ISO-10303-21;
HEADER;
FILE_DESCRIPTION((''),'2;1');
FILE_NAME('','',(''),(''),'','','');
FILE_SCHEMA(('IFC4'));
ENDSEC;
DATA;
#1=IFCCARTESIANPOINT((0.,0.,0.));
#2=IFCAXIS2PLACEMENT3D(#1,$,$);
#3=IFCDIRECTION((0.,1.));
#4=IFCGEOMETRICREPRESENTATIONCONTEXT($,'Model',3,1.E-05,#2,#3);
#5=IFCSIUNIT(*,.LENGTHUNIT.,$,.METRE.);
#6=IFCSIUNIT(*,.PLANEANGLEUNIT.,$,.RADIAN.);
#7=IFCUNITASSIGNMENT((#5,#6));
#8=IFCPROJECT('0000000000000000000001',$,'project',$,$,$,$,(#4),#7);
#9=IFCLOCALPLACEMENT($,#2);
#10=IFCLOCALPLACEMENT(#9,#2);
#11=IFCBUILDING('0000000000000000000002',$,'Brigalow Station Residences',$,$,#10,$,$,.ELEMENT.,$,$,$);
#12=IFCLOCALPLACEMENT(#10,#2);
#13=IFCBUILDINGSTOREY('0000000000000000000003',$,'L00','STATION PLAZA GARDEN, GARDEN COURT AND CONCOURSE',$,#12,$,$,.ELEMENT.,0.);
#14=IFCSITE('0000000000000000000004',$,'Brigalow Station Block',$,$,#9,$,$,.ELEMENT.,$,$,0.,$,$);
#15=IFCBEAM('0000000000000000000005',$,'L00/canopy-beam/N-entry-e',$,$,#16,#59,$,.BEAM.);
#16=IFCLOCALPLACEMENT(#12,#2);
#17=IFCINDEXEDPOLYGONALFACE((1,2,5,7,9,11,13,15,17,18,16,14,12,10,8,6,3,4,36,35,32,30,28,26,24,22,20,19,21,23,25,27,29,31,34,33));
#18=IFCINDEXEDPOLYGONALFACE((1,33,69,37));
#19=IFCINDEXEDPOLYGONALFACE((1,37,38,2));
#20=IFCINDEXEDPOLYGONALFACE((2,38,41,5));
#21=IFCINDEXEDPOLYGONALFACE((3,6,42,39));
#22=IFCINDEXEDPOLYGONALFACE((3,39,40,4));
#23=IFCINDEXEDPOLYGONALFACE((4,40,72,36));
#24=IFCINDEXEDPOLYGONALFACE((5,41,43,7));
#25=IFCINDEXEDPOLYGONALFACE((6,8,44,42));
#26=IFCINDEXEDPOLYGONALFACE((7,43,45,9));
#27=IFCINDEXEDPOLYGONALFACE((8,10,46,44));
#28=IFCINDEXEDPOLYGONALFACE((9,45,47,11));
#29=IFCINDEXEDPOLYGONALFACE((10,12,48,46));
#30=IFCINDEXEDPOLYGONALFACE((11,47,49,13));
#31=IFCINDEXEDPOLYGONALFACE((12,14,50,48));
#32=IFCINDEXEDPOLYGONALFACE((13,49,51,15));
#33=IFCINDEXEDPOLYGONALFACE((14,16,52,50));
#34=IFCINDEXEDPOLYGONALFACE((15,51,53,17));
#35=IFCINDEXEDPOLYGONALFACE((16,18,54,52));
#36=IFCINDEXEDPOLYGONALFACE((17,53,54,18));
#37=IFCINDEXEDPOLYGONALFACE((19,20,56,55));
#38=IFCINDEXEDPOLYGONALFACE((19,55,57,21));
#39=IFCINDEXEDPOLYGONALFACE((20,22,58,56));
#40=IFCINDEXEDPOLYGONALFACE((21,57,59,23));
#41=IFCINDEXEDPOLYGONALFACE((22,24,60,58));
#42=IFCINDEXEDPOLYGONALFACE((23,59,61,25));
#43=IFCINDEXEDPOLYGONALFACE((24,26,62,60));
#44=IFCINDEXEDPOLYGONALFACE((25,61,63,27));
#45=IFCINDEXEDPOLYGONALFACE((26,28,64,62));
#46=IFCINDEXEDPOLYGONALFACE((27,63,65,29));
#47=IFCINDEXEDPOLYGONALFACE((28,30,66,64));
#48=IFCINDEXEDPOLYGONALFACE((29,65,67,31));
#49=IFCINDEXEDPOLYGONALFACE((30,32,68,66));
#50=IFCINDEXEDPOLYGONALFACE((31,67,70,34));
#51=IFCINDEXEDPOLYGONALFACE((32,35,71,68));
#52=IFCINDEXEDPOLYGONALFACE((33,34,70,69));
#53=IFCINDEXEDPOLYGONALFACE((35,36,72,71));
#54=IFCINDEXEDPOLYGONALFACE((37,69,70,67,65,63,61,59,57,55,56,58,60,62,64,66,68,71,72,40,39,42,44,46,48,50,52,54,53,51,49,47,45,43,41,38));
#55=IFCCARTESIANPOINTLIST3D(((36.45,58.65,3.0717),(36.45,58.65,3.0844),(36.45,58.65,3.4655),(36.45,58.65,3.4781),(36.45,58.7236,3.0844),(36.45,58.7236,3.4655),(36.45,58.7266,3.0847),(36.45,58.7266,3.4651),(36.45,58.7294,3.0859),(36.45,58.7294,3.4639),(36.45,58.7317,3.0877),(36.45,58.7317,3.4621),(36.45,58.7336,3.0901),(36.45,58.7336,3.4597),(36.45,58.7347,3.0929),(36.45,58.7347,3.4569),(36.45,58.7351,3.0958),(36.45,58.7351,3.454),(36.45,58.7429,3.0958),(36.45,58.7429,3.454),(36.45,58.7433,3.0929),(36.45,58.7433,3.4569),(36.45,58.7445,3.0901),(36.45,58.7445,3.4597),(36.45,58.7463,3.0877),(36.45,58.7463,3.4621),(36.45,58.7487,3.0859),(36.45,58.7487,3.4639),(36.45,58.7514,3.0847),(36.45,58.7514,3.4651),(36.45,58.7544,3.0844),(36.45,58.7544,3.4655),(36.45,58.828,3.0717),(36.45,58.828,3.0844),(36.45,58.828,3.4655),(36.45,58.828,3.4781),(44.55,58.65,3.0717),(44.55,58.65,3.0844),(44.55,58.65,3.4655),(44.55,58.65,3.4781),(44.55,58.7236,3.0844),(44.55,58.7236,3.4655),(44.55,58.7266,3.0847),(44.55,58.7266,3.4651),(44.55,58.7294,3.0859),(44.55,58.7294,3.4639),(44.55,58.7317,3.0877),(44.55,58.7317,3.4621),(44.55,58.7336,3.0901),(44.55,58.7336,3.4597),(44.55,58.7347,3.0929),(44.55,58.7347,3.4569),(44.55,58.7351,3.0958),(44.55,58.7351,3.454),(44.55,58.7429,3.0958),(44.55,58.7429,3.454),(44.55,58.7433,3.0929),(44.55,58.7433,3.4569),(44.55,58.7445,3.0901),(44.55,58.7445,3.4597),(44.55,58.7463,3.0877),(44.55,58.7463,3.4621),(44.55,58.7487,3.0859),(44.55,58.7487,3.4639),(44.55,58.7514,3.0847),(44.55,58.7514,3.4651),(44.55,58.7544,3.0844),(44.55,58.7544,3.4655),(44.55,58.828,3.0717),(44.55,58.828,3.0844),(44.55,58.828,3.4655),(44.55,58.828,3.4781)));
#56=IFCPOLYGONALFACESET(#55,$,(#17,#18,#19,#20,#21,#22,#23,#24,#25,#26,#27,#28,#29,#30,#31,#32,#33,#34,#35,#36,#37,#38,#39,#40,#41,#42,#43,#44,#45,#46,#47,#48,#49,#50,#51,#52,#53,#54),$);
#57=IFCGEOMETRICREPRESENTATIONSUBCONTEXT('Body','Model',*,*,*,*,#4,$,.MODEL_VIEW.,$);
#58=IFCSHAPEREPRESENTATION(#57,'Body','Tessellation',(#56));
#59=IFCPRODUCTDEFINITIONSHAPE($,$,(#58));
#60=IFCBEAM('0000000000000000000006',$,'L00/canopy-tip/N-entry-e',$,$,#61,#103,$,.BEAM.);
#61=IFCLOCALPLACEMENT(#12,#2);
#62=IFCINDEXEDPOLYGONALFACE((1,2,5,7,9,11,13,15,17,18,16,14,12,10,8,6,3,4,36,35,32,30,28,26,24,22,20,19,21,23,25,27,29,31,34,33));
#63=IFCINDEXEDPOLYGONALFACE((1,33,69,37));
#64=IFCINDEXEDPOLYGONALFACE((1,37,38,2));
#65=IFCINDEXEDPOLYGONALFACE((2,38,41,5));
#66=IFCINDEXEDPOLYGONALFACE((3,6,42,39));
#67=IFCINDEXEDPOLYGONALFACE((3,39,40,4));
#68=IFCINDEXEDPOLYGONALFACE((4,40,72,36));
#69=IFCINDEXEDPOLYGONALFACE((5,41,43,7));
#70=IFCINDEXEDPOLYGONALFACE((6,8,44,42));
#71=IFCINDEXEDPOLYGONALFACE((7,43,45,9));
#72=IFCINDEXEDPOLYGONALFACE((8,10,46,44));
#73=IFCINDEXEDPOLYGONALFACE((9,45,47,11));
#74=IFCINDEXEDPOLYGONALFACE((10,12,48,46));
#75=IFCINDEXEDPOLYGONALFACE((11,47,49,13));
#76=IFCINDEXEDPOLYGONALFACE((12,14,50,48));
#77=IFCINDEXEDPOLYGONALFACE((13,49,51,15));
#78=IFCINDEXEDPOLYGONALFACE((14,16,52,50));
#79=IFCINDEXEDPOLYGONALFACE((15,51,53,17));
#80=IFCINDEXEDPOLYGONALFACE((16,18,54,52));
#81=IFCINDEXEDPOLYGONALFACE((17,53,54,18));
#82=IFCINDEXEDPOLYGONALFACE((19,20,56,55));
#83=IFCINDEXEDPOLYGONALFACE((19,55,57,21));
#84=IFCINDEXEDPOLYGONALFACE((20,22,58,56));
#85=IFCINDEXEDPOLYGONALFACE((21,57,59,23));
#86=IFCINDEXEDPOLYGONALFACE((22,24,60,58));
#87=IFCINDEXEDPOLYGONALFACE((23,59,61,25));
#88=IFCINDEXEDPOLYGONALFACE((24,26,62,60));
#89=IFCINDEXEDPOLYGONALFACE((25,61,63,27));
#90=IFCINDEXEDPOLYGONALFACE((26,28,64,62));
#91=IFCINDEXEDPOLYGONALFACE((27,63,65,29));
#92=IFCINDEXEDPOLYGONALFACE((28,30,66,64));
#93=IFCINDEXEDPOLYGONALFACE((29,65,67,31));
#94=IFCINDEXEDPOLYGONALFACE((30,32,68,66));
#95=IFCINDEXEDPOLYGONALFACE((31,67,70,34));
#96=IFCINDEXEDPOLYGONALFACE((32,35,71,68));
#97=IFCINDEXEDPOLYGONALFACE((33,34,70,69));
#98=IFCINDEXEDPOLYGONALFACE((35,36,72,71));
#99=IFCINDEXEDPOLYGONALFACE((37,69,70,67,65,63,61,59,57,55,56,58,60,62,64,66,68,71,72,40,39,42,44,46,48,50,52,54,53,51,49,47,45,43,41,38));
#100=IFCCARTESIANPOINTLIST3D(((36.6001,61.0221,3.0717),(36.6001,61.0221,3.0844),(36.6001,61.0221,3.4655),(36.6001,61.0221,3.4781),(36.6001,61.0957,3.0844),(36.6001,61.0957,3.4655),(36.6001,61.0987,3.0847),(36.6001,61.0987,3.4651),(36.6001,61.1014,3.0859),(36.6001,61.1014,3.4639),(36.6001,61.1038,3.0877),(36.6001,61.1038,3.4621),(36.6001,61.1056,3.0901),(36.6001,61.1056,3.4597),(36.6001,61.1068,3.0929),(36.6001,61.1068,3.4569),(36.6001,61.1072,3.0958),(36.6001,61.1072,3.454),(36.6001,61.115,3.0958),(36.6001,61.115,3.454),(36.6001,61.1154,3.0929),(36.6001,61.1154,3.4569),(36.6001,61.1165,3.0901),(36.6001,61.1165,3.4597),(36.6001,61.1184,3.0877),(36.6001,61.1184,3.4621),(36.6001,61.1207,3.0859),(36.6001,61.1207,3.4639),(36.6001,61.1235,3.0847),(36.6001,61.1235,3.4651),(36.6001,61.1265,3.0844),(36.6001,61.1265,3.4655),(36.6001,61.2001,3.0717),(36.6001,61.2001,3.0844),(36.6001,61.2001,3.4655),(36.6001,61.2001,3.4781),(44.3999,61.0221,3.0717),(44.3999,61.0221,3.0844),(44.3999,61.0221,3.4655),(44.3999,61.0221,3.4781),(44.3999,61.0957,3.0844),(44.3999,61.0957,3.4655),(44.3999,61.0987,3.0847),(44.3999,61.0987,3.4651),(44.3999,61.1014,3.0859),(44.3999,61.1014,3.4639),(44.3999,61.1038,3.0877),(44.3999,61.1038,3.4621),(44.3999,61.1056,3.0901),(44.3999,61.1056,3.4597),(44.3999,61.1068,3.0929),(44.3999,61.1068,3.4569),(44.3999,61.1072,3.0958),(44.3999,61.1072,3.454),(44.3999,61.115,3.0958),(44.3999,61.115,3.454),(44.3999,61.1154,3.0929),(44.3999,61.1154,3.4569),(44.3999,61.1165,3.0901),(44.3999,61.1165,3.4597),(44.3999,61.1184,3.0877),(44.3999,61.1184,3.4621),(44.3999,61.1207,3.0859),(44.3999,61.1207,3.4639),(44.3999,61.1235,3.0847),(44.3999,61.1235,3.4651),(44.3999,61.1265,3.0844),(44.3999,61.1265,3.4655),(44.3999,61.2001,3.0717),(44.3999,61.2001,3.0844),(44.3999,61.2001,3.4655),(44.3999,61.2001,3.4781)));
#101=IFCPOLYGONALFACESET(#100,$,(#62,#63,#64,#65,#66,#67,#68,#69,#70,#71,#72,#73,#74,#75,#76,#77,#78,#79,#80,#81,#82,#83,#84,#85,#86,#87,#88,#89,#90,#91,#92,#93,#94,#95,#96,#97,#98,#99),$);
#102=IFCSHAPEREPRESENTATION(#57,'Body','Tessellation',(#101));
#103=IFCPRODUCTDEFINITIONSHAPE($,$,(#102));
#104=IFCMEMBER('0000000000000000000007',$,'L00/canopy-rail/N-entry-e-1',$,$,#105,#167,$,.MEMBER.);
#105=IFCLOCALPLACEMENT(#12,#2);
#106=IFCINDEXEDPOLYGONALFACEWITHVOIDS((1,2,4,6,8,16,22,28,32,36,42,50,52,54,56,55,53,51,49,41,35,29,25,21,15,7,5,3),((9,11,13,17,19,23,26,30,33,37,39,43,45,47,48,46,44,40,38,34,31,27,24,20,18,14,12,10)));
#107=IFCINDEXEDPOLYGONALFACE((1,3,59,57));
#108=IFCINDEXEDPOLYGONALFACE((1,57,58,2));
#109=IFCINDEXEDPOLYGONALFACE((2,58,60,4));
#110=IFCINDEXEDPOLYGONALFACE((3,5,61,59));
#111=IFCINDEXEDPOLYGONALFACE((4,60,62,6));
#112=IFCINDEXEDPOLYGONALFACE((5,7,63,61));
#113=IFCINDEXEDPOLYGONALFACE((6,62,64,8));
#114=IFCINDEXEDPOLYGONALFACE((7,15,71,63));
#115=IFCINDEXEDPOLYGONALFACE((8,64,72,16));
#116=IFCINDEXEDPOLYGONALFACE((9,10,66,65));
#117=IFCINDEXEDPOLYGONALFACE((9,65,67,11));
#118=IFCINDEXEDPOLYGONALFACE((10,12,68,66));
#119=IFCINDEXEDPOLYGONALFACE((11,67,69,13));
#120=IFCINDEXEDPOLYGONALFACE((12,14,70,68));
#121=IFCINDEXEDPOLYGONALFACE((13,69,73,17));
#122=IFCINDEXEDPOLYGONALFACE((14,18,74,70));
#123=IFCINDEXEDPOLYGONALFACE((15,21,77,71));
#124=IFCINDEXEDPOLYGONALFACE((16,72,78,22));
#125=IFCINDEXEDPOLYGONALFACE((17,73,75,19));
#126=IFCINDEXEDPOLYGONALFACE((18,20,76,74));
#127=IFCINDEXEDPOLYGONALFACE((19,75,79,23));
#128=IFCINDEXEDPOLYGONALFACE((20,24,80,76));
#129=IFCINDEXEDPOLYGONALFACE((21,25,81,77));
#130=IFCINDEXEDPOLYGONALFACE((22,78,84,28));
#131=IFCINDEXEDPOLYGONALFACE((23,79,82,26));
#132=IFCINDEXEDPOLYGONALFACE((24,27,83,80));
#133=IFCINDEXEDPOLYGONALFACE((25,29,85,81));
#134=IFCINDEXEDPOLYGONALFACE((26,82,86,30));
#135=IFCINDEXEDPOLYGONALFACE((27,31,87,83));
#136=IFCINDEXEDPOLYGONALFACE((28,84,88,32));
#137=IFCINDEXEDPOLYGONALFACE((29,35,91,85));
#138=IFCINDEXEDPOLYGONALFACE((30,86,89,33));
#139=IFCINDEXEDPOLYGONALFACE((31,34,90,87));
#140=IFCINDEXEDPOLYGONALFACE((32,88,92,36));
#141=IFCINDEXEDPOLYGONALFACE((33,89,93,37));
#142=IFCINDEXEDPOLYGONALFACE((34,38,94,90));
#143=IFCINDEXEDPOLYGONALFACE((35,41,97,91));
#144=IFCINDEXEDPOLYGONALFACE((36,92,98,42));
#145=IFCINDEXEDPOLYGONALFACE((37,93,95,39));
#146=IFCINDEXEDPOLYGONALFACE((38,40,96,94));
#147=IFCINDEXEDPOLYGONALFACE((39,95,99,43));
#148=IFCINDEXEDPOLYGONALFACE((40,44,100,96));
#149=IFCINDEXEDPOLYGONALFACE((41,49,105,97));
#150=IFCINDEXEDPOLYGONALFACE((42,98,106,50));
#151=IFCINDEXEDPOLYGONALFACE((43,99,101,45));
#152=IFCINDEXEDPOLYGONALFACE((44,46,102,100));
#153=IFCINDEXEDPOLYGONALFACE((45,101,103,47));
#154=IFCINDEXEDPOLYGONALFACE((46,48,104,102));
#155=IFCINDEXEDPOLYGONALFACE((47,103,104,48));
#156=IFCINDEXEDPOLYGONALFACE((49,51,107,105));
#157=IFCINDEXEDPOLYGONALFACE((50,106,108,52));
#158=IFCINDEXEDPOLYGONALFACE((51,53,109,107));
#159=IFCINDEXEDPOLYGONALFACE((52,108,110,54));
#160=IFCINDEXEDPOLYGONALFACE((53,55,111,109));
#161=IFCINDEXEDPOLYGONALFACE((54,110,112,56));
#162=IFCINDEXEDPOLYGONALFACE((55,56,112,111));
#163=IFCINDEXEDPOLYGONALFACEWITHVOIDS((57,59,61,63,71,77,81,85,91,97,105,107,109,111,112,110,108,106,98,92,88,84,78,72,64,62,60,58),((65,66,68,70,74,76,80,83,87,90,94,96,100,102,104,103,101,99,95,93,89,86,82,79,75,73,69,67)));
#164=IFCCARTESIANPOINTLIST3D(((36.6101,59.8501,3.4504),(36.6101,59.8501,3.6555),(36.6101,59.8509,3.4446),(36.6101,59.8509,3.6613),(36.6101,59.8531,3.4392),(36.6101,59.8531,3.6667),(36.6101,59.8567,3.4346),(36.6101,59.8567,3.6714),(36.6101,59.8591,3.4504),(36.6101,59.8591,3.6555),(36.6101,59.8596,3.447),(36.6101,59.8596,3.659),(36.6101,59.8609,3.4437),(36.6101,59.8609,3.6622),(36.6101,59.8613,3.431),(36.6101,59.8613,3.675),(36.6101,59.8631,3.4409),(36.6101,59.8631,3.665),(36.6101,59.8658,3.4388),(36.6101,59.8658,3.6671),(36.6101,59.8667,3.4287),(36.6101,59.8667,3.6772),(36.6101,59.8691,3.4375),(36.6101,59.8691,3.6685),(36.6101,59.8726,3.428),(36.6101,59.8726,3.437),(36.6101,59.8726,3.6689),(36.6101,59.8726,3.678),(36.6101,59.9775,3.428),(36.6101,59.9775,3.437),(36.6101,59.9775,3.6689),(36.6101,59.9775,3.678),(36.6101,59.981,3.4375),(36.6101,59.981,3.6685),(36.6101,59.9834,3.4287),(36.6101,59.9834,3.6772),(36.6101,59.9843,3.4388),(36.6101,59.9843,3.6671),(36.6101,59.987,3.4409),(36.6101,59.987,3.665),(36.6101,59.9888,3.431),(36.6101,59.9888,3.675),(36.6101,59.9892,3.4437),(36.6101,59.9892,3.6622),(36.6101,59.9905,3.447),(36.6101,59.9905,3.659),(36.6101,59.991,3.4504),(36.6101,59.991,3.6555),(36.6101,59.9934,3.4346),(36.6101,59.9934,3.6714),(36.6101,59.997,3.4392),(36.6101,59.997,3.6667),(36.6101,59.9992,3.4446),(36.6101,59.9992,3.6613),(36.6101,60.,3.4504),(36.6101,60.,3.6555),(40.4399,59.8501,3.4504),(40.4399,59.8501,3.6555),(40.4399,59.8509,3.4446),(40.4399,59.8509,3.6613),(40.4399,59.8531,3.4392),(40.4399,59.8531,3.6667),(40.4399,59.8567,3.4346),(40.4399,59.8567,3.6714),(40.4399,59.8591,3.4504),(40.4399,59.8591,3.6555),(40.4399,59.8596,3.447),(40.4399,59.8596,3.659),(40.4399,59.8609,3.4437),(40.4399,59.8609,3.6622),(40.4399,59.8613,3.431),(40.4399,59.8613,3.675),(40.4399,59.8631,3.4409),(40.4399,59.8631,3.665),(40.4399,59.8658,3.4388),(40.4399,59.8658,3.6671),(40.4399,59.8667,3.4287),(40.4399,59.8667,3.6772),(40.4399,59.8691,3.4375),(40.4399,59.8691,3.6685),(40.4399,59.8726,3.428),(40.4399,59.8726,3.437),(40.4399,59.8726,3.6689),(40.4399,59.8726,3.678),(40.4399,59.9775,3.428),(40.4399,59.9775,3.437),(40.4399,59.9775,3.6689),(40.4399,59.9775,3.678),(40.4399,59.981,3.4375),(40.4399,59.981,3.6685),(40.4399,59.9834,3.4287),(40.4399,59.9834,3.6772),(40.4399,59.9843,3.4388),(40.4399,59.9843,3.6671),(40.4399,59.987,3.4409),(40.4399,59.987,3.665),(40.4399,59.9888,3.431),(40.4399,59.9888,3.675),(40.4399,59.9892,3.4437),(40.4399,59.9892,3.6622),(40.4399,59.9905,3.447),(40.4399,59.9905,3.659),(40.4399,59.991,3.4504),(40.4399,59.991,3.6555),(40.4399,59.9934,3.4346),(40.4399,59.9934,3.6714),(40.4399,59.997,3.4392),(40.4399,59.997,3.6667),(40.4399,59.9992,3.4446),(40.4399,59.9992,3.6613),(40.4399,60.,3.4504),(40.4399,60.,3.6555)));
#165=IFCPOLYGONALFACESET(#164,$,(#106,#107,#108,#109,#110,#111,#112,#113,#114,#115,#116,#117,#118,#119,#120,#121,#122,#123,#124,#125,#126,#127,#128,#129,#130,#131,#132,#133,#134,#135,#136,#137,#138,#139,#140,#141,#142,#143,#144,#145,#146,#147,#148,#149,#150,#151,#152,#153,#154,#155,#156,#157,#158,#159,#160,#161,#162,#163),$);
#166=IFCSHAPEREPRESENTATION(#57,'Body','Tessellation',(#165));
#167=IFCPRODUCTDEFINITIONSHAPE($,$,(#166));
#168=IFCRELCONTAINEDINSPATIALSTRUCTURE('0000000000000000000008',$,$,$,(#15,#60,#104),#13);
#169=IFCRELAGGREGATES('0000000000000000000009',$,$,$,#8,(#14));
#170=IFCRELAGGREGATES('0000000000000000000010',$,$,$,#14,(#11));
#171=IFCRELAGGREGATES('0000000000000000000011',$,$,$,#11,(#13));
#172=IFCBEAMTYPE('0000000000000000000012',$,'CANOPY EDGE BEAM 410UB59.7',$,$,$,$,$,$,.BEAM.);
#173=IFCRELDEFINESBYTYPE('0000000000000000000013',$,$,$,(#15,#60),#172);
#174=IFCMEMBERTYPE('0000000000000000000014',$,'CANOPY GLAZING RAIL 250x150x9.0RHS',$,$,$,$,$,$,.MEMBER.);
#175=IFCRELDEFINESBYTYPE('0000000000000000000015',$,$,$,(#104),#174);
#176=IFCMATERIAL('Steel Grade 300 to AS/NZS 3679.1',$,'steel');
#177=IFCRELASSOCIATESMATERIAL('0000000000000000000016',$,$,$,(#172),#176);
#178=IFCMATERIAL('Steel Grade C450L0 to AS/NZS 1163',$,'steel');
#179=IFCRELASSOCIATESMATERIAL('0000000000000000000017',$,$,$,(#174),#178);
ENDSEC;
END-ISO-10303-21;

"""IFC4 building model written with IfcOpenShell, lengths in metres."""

from ifc_helpers import new_model, si_unit, direction, frame, origin, origin_2d, place, context, subcontext, project, spatial, hollow_rectangle, i_section, extrude, material, material_profile, profile_set, type_object, element, save


model = new_model("IFC4")

# Units and contexts
model_context = context("Model", 3, precision=1e-05, world=origin(), true_north=direction((0.0, 1.0)))
body_context = subcontext(model_context, "Body", "Model", "MODEL_VIEW")
ifc_project = project(units=[si_unit("LENGTHUNIT", "METRE"), si_unit("PLANEANGLEUNIT", "RADIAN")], contexts=[model_context])

# Site, building, storey
site_placement = place(None, origin())
site = spatial("IfcSite", under=ifc_project, at=site_placement, Name="Brigalow Station Block", CompositionType="ELEMENT", RefElevation=0.0)
building_placement = place(site_placement, origin())
building = spatial("IfcBuilding", under=site, at=building_placement, Name="Brigalow Station Residences", CompositionType="ELEMENT")
storey_placement = place(building_placement, origin())
storey = spatial("IfcBuildingStorey", under=building, at=storey_placement, Name="L00", Description="STATION PLAZA GARDEN, GARDEN COURT AND CONCOURSE", CompositionType="ELEMENT", Elevation=0.0)

# Beams
ifc_material_1 = material(Name="Steel Grade 300 to AS/NZS 3679.1", Category="steel")
ifc_material_profile_1 = material_profile(ifc_material_1, i_section(OverallWidth=0.178, OverallDepth=0.4065, WebThickness=0.0078, FlangeThickness=0.0127, FilletRadius=0.0115, at=origin_2d()), Name="410UB59.7")
ifc_profile_set_1 = profile_set([ifc_material_profile_1], Name="Steel Grade 300 to AS/NZS 3679.1")
beam_type_1 = type_object("IfcBeamType", Name="CANOPY EDGE BEAM 410UB59.7", PredefinedType="BEAM", material=ifc_profile_set_1)
beam_1_placement = place(storey_placement, frame((36.45, 58.739, 3.2749), z_axis=(1.0, 0.0, 0.0), x_axis=(0.0, 1.0, 0.0)))
element("IfcBeam", 1, at=beam_1_placement, inside=storey, type_object=beam_type_1, Name="L00/canopy-beam/N-entry-e", PredefinedType="BEAM", context=body_context, shape_type="SweptSolid", body=[
    extrude(i_section(OverallWidth=0.178, OverallDepth=0.4065, WebThickness=0.0078, FlangeThickness=0.0127, FilletRadius=0.0115, at=origin_2d()), origin(), (0.0, 0.0, 1.0), 8.1001),
])
beam_2_placement = place(storey_placement, frame((36.6001, 61.1111, 3.2749), z_axis=(1.0, 0.0, 0.0), x_axis=(0.0, 1.0, 0.0)))
element("IfcBeam", 2, at=beam_2_placement, inside=storey, type_object=beam_type_1, Name="L00/canopy-tip/N-entry-e", PredefinedType="BEAM", context=body_context, shape_type="SweptSolid", body=[
    extrude(i_section(OverallWidth=0.178, OverallDepth=0.4065, WebThickness=0.0078, FlangeThickness=0.0127, FilletRadius=0.0115, at=origin_2d()), origin(), (0.0, 0.0, 1.0), 7.7998),
])

# Member
ifc_material_2 = material(Name="Steel Grade C450L0 to AS/NZS 1163", Category="steel")
ifc_material_profile_2 = material_profile(ifc_material_2, hollow_rectangle(XDim=0.1499, YDim=0.25, WallThickness=0.009, InnerFilletRadius=0.0134, OuterFilletRadius=0.0225, at=origin_2d()), Name="250x150x9.0RHS")
ifc_profile_set_2 = profile_set([ifc_material_profile_2], Name="Steel Grade C450L0 to AS/NZS 1163")
member_type = type_object("IfcMemberType", Name="CANOPY GLAZING RAIL 250x150x9.0RHS", PredefinedType="MEMBER", material=ifc_profile_set_2)
for number, where, z_axis, x_axis, name in (
    (3, (36.6101, 59.925, 3.553), (1.0, 0.0, 0.0), (0.0, 1.0, 0.0), "L00/canopy-rail/N-entry-e-1"),
):
    element("IfcMember", number, at=place(storey_placement, frame(where, z_axis=z_axis, x_axis=x_axis)), inside=storey, type_object=member_type, Name=name, PredefinedType="MEMBER", context=body_context, shape_type="SweptSolid", body=[
        extrude(hollow_rectangle(XDim=0.1499, YDim=0.25, WallThickness=0.009, InnerFilletRadius=0.0134, OuterFilletRadius=0.0225, at=origin_2d()), origin(), (0.0, 0.0, 1.0), 3.8298),
    ])

save(model, "model.ifc")
